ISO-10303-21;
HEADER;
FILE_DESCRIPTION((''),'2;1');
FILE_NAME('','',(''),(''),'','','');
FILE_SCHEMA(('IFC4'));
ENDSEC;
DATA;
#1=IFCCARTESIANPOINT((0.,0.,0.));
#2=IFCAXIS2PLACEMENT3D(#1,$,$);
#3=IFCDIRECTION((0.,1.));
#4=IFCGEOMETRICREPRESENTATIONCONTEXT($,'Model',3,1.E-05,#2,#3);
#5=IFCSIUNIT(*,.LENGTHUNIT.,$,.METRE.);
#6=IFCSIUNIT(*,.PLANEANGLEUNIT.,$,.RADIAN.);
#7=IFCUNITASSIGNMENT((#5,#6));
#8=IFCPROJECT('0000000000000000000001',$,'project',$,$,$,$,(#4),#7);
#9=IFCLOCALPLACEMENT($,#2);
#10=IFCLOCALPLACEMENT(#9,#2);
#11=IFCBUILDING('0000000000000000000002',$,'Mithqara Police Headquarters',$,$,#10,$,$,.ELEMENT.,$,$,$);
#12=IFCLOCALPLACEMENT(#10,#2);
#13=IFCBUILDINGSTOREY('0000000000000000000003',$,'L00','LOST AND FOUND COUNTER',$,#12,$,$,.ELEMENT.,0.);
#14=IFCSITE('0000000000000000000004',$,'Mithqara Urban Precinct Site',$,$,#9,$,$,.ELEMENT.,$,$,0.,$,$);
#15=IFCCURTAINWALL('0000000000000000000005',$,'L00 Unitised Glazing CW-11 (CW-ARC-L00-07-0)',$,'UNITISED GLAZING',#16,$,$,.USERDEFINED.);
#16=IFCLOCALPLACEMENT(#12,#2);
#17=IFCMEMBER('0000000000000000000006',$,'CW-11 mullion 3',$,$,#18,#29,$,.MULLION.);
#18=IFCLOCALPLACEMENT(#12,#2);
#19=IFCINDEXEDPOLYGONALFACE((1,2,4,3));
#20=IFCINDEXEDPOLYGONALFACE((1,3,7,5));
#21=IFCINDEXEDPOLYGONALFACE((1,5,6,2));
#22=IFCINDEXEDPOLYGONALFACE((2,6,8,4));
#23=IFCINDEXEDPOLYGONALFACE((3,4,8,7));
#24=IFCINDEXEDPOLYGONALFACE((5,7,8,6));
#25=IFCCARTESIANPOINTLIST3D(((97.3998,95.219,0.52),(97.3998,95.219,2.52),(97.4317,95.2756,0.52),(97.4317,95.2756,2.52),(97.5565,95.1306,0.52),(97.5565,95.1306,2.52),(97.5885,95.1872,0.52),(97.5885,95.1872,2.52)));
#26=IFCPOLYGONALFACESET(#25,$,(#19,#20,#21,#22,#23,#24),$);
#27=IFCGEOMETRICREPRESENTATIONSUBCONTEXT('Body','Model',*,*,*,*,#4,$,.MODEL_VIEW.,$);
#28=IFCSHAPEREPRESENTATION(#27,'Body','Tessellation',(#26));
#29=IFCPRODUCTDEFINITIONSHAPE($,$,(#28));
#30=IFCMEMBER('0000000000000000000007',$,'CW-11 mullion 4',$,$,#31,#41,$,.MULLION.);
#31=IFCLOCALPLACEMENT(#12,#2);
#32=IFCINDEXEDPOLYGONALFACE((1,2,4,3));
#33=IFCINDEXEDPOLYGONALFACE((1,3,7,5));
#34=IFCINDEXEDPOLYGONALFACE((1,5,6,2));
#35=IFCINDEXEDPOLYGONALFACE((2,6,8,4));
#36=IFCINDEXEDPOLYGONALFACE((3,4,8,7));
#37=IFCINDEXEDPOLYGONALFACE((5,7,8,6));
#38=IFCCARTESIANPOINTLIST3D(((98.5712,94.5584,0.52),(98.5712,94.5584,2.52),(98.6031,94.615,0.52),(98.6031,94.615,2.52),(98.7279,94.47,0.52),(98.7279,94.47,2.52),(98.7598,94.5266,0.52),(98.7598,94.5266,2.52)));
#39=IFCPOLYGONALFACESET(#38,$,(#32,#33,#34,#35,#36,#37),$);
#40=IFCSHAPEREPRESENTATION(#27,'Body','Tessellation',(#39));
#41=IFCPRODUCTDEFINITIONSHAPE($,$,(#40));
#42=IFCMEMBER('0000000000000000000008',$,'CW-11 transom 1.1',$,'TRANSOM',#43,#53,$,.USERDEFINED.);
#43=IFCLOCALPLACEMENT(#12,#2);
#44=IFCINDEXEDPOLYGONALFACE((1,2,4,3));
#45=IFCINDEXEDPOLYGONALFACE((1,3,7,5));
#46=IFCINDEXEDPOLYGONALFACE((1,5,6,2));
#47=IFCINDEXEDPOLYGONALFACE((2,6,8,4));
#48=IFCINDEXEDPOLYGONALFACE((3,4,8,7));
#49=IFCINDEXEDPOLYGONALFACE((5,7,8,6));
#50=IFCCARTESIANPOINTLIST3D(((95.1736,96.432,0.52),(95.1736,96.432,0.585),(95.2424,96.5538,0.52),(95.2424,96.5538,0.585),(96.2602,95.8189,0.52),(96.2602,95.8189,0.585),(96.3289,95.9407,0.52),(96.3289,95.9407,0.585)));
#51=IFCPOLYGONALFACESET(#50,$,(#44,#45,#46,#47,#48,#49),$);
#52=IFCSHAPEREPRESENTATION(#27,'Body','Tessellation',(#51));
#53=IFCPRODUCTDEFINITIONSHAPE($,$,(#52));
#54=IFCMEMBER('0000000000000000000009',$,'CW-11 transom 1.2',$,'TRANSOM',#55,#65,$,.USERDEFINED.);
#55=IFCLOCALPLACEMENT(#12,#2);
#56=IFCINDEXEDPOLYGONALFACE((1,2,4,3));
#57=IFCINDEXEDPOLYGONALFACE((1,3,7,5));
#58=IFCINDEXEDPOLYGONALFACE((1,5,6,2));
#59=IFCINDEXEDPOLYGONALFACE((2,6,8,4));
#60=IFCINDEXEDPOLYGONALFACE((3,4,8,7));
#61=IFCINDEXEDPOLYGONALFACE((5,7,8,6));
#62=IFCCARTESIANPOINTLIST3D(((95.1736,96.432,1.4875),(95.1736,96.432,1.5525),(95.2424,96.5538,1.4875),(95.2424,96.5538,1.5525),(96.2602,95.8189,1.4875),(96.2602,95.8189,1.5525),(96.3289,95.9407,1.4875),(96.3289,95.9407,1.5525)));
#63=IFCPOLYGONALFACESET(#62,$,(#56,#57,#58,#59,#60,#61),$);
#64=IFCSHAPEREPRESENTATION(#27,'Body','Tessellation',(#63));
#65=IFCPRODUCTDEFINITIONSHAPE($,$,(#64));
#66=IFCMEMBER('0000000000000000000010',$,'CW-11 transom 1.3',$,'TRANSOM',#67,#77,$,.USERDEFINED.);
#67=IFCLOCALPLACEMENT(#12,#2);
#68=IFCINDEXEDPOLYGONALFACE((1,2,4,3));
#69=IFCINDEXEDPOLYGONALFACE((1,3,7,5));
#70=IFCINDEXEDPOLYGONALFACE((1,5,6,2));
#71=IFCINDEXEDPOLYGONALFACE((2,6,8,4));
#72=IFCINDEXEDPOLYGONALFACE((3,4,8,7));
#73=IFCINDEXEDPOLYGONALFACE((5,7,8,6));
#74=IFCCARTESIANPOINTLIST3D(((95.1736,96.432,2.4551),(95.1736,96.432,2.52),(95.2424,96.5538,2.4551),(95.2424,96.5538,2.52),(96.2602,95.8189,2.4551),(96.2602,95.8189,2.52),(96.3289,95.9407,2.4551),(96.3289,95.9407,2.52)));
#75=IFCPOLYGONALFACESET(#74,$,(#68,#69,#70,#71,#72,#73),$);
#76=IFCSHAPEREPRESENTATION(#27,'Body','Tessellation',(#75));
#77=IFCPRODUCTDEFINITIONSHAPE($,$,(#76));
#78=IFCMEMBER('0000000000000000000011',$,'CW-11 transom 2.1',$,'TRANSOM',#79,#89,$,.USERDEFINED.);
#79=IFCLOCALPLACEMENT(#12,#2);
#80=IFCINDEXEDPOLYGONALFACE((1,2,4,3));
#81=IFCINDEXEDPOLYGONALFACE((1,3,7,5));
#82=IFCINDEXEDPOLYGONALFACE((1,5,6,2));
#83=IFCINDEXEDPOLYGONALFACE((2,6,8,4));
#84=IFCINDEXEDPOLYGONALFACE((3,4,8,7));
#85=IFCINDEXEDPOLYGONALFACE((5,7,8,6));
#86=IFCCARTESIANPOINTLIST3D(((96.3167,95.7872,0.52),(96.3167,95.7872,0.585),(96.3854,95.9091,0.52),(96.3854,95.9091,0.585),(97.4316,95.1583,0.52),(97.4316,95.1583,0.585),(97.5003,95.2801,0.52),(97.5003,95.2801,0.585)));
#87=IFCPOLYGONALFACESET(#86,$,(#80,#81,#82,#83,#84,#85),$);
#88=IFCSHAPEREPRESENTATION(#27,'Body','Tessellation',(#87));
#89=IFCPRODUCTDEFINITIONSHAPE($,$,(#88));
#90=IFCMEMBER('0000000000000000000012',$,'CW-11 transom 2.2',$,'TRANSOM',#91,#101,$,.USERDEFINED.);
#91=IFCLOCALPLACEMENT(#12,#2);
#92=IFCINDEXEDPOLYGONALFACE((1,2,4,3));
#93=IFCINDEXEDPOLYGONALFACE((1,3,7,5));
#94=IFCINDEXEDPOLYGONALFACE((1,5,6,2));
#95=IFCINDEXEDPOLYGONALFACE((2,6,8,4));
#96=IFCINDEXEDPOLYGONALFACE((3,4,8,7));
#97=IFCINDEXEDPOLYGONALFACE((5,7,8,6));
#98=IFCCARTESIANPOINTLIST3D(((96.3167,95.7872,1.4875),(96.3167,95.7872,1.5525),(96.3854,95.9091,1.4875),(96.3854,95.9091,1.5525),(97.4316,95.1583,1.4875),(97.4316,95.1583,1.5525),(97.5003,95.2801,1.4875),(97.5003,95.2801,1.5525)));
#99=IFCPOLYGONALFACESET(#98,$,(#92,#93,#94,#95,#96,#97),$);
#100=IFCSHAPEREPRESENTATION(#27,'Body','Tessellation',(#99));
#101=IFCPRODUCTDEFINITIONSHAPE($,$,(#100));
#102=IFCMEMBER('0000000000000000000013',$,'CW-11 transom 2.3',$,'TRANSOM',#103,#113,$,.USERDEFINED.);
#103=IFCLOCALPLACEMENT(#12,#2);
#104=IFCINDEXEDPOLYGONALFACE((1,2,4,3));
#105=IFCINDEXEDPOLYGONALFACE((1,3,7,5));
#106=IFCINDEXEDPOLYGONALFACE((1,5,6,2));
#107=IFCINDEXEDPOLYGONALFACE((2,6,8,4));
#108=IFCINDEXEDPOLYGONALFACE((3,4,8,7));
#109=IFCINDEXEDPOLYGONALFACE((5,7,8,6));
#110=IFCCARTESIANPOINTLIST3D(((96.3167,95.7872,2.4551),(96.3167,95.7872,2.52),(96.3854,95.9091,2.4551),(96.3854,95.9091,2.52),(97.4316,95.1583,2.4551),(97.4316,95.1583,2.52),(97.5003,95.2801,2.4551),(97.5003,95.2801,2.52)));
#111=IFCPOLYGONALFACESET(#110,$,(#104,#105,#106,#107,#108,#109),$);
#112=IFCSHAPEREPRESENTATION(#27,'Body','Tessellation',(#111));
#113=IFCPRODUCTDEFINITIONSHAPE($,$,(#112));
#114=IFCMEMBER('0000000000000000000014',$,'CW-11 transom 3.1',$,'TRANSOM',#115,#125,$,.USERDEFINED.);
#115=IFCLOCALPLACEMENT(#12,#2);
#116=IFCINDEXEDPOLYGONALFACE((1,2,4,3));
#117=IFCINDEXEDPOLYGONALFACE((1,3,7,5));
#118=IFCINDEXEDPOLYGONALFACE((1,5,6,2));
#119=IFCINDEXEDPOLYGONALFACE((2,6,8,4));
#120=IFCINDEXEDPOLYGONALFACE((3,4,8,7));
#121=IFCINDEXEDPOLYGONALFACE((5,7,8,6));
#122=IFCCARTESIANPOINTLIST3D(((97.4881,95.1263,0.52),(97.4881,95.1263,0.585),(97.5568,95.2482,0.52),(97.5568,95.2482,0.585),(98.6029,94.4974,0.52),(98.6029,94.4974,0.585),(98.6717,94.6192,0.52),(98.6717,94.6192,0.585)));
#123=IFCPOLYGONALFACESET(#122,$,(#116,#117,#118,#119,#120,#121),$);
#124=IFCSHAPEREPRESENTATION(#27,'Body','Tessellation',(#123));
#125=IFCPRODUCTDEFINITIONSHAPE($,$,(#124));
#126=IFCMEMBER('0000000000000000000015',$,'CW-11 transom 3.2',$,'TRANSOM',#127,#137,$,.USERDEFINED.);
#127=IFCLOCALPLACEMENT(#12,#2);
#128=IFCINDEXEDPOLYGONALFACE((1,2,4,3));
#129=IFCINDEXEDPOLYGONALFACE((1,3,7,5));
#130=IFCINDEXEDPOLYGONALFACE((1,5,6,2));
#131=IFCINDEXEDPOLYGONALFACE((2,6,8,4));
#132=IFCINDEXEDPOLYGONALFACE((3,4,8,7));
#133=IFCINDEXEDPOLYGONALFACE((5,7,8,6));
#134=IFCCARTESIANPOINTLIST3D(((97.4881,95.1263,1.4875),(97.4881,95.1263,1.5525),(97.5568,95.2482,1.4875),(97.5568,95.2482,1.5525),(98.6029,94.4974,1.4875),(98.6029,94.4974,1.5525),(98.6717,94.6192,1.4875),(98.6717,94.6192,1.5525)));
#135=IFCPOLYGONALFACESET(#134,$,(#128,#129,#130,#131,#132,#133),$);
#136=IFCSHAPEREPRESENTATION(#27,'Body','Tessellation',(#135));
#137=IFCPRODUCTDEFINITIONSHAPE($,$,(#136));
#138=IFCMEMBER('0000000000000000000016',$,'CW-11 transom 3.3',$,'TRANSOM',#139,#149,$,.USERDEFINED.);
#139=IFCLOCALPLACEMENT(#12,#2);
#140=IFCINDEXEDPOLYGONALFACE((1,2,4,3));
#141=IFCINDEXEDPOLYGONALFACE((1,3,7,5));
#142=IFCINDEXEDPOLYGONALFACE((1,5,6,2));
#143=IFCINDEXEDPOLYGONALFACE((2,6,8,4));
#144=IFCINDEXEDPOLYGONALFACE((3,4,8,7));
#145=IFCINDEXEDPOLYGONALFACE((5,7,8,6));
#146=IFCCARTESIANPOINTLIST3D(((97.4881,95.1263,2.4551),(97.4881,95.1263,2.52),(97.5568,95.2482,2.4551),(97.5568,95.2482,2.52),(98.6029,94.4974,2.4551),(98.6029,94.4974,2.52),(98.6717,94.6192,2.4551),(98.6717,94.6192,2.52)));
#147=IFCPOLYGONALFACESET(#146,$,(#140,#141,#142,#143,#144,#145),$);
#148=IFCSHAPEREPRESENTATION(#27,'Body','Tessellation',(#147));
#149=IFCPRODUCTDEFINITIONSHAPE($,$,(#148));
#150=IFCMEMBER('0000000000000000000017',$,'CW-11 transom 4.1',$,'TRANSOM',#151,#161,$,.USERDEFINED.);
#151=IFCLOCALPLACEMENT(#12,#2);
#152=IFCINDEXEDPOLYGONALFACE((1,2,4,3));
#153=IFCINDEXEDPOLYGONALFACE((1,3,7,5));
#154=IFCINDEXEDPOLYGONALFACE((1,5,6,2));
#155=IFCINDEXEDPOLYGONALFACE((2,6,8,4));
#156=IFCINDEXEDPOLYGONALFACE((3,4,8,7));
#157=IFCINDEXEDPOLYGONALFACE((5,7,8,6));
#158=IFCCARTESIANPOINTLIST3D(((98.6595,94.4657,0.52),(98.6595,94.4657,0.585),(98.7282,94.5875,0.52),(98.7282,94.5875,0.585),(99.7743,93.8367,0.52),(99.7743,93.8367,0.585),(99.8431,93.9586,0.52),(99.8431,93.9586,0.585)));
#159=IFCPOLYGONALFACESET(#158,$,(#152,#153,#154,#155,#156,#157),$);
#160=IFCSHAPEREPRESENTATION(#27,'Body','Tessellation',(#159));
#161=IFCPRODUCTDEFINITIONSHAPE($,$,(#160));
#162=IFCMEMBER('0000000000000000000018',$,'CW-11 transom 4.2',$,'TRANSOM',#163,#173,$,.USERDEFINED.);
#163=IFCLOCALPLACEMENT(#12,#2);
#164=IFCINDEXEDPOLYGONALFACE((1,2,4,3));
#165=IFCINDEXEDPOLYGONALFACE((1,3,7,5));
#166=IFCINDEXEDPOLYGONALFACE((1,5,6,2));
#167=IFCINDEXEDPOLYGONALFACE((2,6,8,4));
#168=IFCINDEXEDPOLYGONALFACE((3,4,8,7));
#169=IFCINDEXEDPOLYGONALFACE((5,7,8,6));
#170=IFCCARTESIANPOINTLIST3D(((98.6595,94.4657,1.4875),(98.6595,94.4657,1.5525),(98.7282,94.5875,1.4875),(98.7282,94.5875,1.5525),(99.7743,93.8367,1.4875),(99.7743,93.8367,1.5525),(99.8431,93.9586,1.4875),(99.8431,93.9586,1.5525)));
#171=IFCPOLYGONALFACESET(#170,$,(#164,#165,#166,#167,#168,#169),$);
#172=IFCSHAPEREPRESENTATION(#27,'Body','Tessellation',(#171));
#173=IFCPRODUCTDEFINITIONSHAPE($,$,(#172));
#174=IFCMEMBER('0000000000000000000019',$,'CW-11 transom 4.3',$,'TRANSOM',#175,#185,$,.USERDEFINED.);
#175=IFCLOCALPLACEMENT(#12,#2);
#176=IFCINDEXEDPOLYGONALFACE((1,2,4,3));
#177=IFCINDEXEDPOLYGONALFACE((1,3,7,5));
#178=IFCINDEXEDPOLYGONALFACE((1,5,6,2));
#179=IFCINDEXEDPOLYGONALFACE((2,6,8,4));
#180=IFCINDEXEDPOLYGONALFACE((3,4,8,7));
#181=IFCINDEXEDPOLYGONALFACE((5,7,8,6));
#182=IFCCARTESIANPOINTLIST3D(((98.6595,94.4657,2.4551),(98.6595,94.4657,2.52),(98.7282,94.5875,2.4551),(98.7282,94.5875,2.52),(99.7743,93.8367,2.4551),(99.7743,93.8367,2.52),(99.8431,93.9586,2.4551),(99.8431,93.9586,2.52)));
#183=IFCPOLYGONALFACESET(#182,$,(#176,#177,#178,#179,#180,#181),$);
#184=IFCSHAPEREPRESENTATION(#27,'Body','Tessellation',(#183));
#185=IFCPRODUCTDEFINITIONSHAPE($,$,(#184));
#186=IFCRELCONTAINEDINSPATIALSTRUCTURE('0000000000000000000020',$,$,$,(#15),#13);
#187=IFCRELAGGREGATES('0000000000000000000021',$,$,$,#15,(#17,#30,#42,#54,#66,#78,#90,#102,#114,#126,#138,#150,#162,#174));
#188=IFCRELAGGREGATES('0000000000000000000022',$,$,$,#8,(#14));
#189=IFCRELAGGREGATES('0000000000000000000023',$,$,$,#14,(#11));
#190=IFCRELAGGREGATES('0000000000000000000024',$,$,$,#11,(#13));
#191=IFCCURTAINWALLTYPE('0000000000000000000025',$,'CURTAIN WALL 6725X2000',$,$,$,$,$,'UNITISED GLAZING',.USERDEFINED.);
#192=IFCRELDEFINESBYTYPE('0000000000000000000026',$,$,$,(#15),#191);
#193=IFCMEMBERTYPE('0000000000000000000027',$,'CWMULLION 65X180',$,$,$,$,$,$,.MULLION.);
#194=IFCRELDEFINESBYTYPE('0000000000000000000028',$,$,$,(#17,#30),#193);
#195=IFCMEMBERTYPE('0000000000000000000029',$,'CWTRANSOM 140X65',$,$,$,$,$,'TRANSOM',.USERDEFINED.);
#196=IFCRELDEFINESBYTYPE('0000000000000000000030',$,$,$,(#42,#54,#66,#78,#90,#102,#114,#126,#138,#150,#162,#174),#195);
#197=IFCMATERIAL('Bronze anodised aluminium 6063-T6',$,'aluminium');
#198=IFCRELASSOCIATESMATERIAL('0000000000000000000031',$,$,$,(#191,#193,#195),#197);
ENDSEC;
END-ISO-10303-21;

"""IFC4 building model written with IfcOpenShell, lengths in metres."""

from ifc_helpers import new_model, si_unit, direction, frame, origin, origin_2d, place, context, subcontext, project, spatial, rectangle, extrude, material, material_profile, profile_set, type_object, element, aggregate, save


model = new_model("IFC4")

# Units and contexts
model_context = context("Model", 3, precision=1e-05, world=origin(), true_north=direction((0.0, 1.0)))
body_context = subcontext(model_context, "Body", "Model", "MODEL_VIEW")
ifc_project = project(units=[si_unit("LENGTHUNIT", "METRE"), si_unit("PLANEANGLEUNIT", "RADIAN")], contexts=[model_context])

# Site, building, storey
site_placement = place(None, origin())
site = spatial("IfcSite", under=ifc_project, at=site_placement, Name="Mithqara Urban Precinct Site", CompositionType="ELEMENT", RefElevation=0.0)
building_placement = place(site_placement, origin())
building = spatial("IfcBuilding", under=site, at=building_placement, Name="Mithqara Police Headquarters", CompositionType="ELEMENT")
storey_placement = place(building_placement, origin())
storey = spatial("IfcBuildingStorey", under=building, at=storey_placement, Name="L00", Description="LOST AND FOUND COUNTER", CompositionType="ELEMENT", Elevation=0.0)

# Shared definitions
ifc_material_1 = material(Name="Bronze anodised aluminium 6063-T6", Category="aluminium")
curtain_wall_type = type_object("IfcCurtainWallType", Name="CURTAIN WALL 6725X2000", ElementType="UNITISED GLAZING", PredefinedType="USERDEFINED", material=ifc_material_1)
ifc_material_profile_1 = material_profile(ifc_material_1, rectangle(XDim=0.0649, YDim=0.1799, at=origin_2d()), Name="CWM 65x180")
ifc_profile_set_1 = profile_set([ifc_material_profile_1], Name="Bronze anodised aluminium 6063-T6")
member_type_1 = type_object("IfcMemberType", Name="CWMULLION 65X180", PredefinedType="MULLION", material=ifc_profile_set_1)

# Curtain wall, members
curtain_wall_1_placement = place(storey_placement, origin())
curtain_wall_1 = element("IfcCurtainWall", 1, at=curtain_wall_1_placement, inside=storey, type_object=curtain_wall_type, Name="L00 Unitised Glazing CW-11 (CW-ARC-L00-07-0)", ObjectType="UNITISED GLAZING", PredefinedType="USERDEFINED")
member_1_placement = place(storey_placement, frame((97.4941, 95.2031, 0.52), z_axis=(0.0, 0.0, 1.0), x_axis=(0.491316, 0.870982, 0.0)))
member_1 = element("IfcMember", 2, at=member_1_placement, type_object=member_type_1, Name="CW-11 mullion 3", PredefinedType="MULLION", context=body_context, shape_type="SweptSolid", body=[
    extrude(rectangle(XDim=0.0649, YDim=0.1799, at=origin_2d()), origin(), (0.0, 0.0, 1.0), 2.0),
])
member_2_placement = place(storey_placement, frame((98.6655, 94.5425, 0.52), z_axis=(0.0, 0.0, 1.0), x_axis=(0.491316, 0.870982, 0.0)))
member_2 = element("IfcMember", 3, at=member_2_placement, type_object=member_type_1, Name="CW-11 mullion 4", PredefinedType="MULLION", context=body_context, shape_type="SweptSolid", body=[
    extrude(rectangle(XDim=0.0649, YDim=0.1799, at=origin_2d()), origin(), (0.0, 0.0, 1.0), 2.0),
])
ifc_material_profile_2 = material_profile(ifc_material_1, rectangle(XDim=0.1399, YDim=0.0649, at=origin_2d()), Name="CWT 140x65")
ifc_profile_set_2 = profile_set([ifc_material_profile_2], Name="Bronze anodised aluminium 6063-T6")
member_type_2 = type_object("IfcMemberType", Name="CWTRANSOM 140X65", ElementType="TRANSOM", PredefinedType="USERDEFINED", material=ifc_profile_set_2)
member_3_placement = place(storey_placement, frame((95.208, 96.4929, 0.5525), z_axis=(0.870916, -0.491432, 0.0), x_axis=(0.491432, 0.870916, 0.0)))
member_3 = element("IfcMember", 4, at=member_3_placement, type_object=member_type_2, Name="CW-11 transom 1.1", ObjectType="TRANSOM", PredefinedType="USERDEFINED", context=body_context, shape_type="SweptSolid", body=[
    extrude(rectangle(XDim=0.1399, YDim=0.0649, at=origin_2d()), origin(), (0.0, 0.0, 1.0), 1.2476),
])
member_4_placement = place(storey_placement, frame((95.208, 96.4929, 1.52), z_axis=(0.870916, -0.491432, 0.0), x_axis=(0.491432, 0.870916, 0.0)))
member_4 = element("IfcMember", 5, at=member_4_placement, type_object=member_type_2, Name="CW-11 transom 1.2", ObjectType="TRANSOM", PredefinedType="USERDEFINED", context=body_context, shape_type="SweptSolid", body=[
    extrude(rectangle(XDim=0.1399, YDim=0.0649, at=origin_2d()), origin(), (0.0, 0.0, 1.0), 1.2476),
])
member_5_placement = place(storey_placement, frame((95.208, 96.4929, 2.4875), z_axis=(0.870916, -0.491432, 0.0), x_axis=(0.491432, 0.870916, 0.0)))
member_5 = element("IfcMember", 6, at=member_5_placement, type_object=member_type_2, Name="CW-11 transom 1.3", ObjectType="TRANSOM", PredefinedType="USERDEFINED", context=body_context, shape_type="SweptSolid", body=[
    extrude(rectangle(XDim=0.1399, YDim=0.0649, at=origin_2d()), origin(), (0.0, 0.0, 1.0), 1.2476),
])
member_6_placement = place(storey_placement, frame((96.3511, 95.8481, 0.5525), z_axis=(0.870953, -0.491366, 0.0), x_axis=(0.491366, 0.870953, 0.0)))
member_6 = element("IfcMember", 7, at=member_6_placement, type_object=member_type_2, Name="CW-11 transom 2.1", ObjectType="TRANSOM", PredefinedType="USERDEFINED", context=body_context, shape_type="SweptSolid", body=[
    extrude(rectangle(XDim=0.1399, YDim=0.0649, at=origin_2d()), origin(), (0.0, 0.0, 1.0), 1.28),
])
member_7_placement = place(storey_placement, frame((96.3511, 95.8481, 1.52), z_axis=(0.870953, -0.491366, 0.0), x_axis=(0.491366, 0.870953, 0.0)))
member_7 = element("IfcMember", 8, at=member_7_placement, type_object=member_type_2, Name="CW-11 transom 2.2", ObjectType="TRANSOM", PredefinedType="USERDEFINED", context=body_context, shape_type="SweptSolid", body=[
    extrude(rectangle(XDim=0.1399, YDim=0.0649, at=origin_2d()), origin(), (0.0, 0.0, 1.0), 1.28),
])
member_8_placement = place(storey_placement, frame((96.3511, 95.8481, 2.4875), z_axis=(0.870953, -0.491366, 0.0), x_axis=(0.491366, 0.870953, 0.0)))
member_8 = element("IfcMember", 9, at=member_8_placement, type_object=member_type_2, Name="CW-11 transom 2.3", ObjectType="TRANSOM", PredefinedType="USERDEFINED", context=body_context, shape_type="SweptSolid", body=[
    extrude(rectangle(XDim=0.1399, YDim=0.0649, at=origin_2d()), origin(), (0.0, 0.0, 1.0), 1.28),
])
member_9_placement = place(storey_placement, frame((97.5225, 95.1873, 0.5525), z_axis=(0.870953, -0.491366, 0.0), x_axis=(0.491366, 0.870953, 0.0)))
member_9 = element("IfcMember", 10, at=member_9_placement, type_object=member_type_2, Name="CW-11 transom 3.1", ObjectType="TRANSOM", PredefinedType="USERDEFINED", context=body_context, shape_type="SweptSolid", body=[
    extrude(rectangle(XDim=0.1399, YDim=0.0649, at=origin_2d()), origin(), (0.0, 0.0, 1.0), 1.28),
])
member_10_placement = place(storey_placement, frame((97.5225, 95.1873, 1.52), z_axis=(0.870953, -0.491366, 0.0), x_axis=(0.491366, 0.870953, 0.0)))
member_10 = element("IfcMember", 11, at=member_10_placement, type_object=member_type_2, Name="CW-11 transom 3.2", ObjectType="TRANSOM", PredefinedType="USERDEFINED", context=body_context, shape_type="SweptSolid", body=[
    extrude(rectangle(XDim=0.1399, YDim=0.0649, at=origin_2d()), origin(), (0.0, 0.0, 1.0), 1.28),
])
member_11_placement = place(storey_placement, frame((97.5225, 95.1873, 2.4875), z_axis=(0.870953, -0.491366, 0.0), x_axis=(0.491366, 0.870953, 0.0)))
member_11 = element("IfcMember", 12, at=member_11_placement, type_object=member_type_2, Name="CW-11 transom 3.3", ObjectType="TRANSOM", PredefinedType="USERDEFINED", context=body_context, shape_type="SweptSolid", body=[
    extrude(rectangle(XDim=0.1399, YDim=0.0649, at=origin_2d()), origin(), (0.0, 0.0, 1.0), 1.28),
])
member_12_placement = place(storey_placement, frame((98.6938, 94.5266, 0.5525), z_axis=(0.870953, -0.491366, 0.0), x_axis=(0.491366, 0.870953, 0.0)))
member_12 = element("IfcMember", 13, at=member_12_placement, type_object=member_type_2, Name="CW-11 transom 4.1", ObjectType="TRANSOM", PredefinedType="USERDEFINED", context=body_context, shape_type="SweptSolid", body=[
    extrude(rectangle(XDim=0.1399, YDim=0.0649, at=origin_2d()), origin(), (0.0, 0.0, 1.0), 1.28),
])
member_13_placement = place(storey_placement, frame((98.6938, 94.5266, 1.52), z_axis=(0.870953, -0.491366, 0.0), x_axis=(0.491366, 0.870953, 0.0)))
member_13 = element("IfcMember", 14, at=member_13_placement, type_object=member_type_2, Name="CW-11 transom 4.2", ObjectType="TRANSOM", PredefinedType="USERDEFINED", context=body_context, shape_type="SweptSolid", body=[
    extrude(rectangle(XDim=0.1399, YDim=0.0649, at=origin_2d()), origin(), (0.0, 0.0, 1.0), 1.28),
])
member_14_placement = place(storey_placement, frame((98.6938, 94.5266, 2.4875), z_axis=(0.870953, -0.491366, 0.0), x_axis=(0.491366, 0.870953, 0.0)))
member_14 = element("IfcMember", 15, at=member_14_placement, type_object=member_type_2, Name="CW-11 transom 4.3", ObjectType="TRANSOM", PredefinedType="USERDEFINED", context=body_context, shape_type="SweptSolid", body=[
    extrude(rectangle(XDim=0.1399, YDim=0.0649, at=origin_2d()), origin(), (0.0, 0.0, 1.0), 1.28),
])

aggregate(curtain_wall_1, [member_1, member_2, member_3, member_4, member_5, member_6, member_7, member_8, member_9, member_10, member_11, member_12, member_13, member_14])

save(model, "model.ifc")
